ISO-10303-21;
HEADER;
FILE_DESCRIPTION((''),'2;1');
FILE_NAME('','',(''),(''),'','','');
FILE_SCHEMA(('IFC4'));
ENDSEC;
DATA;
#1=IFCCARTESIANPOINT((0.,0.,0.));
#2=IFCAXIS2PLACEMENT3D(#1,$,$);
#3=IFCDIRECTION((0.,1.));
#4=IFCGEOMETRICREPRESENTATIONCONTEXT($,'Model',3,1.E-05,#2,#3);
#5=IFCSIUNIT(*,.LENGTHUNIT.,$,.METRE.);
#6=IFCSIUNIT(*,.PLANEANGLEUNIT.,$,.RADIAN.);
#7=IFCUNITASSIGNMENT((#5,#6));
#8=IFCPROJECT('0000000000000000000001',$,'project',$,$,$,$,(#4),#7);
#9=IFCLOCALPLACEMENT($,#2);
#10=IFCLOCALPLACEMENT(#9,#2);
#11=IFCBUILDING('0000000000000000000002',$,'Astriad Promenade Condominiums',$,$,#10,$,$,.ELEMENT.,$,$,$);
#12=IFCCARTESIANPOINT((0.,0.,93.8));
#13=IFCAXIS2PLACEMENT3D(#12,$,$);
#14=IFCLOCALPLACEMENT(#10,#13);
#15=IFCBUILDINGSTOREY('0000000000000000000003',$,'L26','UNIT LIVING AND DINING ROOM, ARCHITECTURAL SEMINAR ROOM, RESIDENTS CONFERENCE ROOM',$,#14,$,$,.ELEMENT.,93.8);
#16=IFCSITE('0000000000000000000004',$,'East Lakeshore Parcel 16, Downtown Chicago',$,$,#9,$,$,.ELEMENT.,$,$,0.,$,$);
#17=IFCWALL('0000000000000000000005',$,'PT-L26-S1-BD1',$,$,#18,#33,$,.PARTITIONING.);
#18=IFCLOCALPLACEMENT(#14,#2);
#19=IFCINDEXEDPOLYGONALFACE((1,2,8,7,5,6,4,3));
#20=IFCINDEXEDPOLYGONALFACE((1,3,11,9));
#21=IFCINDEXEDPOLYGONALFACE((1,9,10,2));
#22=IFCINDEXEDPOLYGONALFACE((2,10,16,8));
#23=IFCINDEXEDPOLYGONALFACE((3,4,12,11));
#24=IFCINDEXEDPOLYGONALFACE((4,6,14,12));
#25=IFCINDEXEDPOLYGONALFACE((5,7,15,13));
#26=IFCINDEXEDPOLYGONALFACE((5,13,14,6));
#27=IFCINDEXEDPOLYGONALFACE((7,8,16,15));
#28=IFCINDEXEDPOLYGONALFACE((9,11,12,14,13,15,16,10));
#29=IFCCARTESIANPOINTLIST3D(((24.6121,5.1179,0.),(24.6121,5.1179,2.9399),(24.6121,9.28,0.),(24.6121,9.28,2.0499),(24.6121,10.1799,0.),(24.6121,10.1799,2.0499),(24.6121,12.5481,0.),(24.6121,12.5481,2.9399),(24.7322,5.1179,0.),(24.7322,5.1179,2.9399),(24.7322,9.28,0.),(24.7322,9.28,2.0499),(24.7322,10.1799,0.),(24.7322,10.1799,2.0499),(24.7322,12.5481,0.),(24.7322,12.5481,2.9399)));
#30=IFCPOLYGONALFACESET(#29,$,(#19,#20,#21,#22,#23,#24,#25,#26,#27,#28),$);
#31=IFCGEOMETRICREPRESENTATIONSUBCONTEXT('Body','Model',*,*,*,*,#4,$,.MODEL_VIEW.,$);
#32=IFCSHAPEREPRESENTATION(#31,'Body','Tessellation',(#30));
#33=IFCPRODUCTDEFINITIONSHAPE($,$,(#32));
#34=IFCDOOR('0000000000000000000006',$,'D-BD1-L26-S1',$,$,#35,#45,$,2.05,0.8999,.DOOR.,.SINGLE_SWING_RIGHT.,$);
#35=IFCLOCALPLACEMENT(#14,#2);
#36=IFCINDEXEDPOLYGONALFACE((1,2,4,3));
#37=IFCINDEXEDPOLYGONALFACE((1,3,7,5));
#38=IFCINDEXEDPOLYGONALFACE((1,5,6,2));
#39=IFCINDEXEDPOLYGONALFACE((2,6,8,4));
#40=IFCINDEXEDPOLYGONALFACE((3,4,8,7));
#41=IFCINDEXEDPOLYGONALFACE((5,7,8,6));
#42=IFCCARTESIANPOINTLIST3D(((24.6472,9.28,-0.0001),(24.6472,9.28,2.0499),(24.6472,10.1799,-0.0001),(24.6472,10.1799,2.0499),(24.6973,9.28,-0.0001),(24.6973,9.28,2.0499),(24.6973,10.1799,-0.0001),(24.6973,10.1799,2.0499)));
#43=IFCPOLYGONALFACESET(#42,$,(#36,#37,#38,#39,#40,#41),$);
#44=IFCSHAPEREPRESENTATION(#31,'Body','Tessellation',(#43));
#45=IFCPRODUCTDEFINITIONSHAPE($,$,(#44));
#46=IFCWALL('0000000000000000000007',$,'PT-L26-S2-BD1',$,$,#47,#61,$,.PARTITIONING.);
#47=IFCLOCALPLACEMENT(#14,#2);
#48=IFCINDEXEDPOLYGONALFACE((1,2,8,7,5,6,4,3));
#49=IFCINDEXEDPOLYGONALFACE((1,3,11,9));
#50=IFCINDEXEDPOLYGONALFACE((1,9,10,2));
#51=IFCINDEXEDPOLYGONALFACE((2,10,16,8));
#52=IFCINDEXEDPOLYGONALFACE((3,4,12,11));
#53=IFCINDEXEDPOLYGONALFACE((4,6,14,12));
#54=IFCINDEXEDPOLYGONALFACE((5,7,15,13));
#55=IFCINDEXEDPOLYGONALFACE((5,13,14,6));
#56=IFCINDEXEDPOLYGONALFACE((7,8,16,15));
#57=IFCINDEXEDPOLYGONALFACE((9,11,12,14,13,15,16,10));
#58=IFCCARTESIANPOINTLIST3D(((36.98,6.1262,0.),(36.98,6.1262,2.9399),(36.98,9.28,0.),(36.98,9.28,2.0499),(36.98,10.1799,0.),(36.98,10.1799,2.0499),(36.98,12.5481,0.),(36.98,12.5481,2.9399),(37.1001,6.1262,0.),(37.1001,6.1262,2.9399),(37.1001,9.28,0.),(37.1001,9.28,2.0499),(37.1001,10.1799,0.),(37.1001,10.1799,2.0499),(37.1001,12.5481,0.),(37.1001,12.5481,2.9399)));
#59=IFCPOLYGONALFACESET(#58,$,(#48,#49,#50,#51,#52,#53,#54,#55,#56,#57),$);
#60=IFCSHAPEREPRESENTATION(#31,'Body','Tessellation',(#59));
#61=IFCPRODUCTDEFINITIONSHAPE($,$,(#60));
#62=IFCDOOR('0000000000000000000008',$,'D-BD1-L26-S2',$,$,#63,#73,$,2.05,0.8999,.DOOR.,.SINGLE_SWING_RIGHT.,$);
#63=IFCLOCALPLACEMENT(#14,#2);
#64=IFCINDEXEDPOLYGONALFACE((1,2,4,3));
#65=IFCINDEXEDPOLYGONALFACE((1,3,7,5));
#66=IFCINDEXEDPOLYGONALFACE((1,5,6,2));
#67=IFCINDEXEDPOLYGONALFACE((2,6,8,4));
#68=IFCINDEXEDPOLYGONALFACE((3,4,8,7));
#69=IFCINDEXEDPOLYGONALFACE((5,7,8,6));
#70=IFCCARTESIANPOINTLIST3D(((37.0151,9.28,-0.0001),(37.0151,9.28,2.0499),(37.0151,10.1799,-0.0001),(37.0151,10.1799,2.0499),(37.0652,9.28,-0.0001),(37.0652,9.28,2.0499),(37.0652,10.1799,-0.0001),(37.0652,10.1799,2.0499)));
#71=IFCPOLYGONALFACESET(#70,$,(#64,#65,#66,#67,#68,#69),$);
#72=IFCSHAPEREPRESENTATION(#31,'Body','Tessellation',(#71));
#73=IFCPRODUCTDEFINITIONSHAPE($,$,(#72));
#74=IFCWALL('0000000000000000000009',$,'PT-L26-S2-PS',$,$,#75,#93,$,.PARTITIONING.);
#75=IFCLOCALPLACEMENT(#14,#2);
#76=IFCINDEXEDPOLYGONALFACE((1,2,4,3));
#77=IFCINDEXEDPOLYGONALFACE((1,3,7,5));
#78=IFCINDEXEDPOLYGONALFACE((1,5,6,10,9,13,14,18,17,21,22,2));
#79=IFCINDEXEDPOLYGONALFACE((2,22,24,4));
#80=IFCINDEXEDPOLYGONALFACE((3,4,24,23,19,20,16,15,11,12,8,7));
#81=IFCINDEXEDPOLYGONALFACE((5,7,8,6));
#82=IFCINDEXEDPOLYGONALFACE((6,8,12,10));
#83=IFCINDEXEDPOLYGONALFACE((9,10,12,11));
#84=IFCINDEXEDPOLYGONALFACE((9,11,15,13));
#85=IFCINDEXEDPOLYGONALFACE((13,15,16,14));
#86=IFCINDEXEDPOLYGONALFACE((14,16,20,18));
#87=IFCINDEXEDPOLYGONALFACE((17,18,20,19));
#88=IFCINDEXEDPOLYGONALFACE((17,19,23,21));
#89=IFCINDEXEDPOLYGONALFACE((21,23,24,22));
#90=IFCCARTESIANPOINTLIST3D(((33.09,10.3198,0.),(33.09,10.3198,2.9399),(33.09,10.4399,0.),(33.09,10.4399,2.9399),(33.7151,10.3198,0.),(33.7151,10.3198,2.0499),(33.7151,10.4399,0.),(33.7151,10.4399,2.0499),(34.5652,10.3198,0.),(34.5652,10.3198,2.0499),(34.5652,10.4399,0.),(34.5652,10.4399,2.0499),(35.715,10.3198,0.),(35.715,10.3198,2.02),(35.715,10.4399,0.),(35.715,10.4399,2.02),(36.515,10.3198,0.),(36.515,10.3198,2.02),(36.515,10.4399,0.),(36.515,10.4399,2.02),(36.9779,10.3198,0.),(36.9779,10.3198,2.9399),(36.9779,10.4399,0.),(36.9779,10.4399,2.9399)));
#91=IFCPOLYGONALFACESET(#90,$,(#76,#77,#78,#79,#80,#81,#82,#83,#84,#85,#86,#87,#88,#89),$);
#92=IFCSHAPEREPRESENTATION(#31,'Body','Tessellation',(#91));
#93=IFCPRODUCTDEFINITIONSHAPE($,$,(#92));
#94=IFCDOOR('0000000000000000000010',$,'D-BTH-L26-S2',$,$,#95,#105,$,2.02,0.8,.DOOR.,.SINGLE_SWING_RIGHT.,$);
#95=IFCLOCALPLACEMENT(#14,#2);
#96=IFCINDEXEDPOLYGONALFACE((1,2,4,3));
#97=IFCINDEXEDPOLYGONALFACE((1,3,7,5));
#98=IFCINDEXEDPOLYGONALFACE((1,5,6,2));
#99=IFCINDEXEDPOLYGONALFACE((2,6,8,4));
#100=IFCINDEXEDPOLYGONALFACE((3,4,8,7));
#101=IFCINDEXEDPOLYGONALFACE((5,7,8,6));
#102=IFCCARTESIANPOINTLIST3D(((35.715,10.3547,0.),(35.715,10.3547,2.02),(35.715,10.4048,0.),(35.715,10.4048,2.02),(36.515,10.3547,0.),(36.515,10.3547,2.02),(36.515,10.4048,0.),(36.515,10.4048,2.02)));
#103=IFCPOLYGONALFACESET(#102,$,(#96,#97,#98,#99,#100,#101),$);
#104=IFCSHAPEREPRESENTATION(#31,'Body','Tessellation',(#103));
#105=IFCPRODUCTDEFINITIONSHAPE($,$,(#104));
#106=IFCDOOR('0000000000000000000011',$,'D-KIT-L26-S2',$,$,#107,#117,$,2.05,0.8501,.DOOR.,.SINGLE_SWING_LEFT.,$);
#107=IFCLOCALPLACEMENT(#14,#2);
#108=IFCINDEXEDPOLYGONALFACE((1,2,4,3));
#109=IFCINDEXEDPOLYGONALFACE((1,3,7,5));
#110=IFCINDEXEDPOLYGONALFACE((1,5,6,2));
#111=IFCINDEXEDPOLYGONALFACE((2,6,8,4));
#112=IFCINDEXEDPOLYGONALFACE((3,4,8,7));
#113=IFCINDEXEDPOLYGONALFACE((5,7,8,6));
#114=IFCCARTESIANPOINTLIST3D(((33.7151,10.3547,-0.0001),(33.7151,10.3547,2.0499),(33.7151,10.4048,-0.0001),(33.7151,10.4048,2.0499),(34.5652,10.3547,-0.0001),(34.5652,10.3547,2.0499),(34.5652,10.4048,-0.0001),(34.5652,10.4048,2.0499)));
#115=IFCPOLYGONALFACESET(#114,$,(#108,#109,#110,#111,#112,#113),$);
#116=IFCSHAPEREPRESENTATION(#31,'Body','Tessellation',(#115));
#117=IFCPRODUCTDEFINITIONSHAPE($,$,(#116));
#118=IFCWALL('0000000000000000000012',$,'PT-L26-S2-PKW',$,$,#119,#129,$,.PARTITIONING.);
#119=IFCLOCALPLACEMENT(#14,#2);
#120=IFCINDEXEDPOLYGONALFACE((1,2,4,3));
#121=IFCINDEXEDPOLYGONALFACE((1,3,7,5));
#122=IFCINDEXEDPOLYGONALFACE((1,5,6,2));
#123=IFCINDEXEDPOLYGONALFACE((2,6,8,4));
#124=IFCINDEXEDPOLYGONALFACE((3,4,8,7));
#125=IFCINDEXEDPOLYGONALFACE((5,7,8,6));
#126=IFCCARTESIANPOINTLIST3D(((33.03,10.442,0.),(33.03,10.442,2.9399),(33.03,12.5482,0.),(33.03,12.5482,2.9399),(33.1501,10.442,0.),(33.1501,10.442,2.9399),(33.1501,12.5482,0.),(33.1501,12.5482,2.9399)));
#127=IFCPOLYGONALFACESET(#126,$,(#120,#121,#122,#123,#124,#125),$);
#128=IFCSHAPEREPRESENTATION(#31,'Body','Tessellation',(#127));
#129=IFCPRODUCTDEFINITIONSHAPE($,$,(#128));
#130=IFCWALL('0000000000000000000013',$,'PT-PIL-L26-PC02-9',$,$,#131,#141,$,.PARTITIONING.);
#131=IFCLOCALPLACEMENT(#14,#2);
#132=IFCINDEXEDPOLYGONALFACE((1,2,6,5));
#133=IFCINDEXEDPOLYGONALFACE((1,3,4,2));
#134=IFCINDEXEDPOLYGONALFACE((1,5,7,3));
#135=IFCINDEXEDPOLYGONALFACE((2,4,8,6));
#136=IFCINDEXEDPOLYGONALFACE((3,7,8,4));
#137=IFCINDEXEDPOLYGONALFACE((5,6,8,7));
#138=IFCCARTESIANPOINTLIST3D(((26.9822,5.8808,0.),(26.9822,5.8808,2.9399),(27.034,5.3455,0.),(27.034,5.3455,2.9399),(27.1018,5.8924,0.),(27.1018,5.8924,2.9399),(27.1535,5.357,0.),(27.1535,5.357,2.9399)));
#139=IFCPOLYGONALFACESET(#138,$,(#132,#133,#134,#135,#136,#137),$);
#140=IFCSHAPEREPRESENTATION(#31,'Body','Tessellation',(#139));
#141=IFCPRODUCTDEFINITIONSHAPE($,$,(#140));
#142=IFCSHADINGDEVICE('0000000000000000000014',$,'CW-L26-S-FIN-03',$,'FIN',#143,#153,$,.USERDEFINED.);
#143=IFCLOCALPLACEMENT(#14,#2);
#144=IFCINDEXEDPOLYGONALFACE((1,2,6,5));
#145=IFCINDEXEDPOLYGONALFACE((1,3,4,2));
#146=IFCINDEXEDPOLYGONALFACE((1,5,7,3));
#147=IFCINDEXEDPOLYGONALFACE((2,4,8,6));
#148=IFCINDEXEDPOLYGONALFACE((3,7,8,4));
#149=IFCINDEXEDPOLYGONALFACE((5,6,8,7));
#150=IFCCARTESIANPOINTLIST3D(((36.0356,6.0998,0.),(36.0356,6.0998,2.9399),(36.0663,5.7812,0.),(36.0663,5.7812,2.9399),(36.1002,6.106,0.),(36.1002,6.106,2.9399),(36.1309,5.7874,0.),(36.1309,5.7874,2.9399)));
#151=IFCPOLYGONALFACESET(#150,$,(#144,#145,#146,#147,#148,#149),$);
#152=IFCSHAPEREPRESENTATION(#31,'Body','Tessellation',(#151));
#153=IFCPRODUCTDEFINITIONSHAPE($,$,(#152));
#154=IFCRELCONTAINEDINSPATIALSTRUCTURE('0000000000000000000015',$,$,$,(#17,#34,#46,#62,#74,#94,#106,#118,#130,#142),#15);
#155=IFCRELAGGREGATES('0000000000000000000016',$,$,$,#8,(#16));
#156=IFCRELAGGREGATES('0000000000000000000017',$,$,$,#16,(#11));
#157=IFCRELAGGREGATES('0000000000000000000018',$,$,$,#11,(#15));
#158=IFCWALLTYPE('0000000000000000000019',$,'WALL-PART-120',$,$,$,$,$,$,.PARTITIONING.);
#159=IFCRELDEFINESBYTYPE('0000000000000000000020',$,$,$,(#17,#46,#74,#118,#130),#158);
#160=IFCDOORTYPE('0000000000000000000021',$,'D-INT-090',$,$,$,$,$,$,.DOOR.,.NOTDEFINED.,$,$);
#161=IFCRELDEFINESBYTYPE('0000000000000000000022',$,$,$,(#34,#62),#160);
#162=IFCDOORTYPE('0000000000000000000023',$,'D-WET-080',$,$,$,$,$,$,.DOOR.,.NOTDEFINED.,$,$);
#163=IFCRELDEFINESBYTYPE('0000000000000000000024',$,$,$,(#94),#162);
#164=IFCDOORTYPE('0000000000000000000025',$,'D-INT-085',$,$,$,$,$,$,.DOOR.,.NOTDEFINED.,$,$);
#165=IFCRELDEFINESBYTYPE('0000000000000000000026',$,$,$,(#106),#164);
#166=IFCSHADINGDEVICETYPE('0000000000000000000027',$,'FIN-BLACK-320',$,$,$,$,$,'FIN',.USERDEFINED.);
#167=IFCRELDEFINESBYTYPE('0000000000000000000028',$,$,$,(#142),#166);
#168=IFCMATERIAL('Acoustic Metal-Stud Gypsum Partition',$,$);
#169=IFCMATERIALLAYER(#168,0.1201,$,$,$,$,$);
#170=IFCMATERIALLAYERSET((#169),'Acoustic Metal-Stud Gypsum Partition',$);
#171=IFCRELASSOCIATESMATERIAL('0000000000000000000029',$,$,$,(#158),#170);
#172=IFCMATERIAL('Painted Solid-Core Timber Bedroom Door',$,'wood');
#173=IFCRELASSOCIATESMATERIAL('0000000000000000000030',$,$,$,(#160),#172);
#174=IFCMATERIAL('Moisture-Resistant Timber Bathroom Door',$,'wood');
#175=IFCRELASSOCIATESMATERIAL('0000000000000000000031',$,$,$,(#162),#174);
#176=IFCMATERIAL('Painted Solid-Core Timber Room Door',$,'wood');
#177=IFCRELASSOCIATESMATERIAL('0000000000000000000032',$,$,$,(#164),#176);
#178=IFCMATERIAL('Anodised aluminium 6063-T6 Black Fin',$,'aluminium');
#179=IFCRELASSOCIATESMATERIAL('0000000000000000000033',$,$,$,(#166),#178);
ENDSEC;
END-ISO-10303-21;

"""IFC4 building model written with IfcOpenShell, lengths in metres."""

from ifc_helpers import new_model, si_unit, direction, frame, frame_2d, origin, origin_2d, place, context, subcontext, project, spatial, rectangle, extrude, source, transform, mapped, material, layer, layer_set, type_object, type_shapes, element, fill, save


model = new_model("IFC4")

# Units and contexts
model_context = context("Model", 3, precision=1e-05, world=origin(), true_north=direction((0.0, 1.0)))
body_context = subcontext(model_context, "Body", "Model", "MODEL_VIEW")
ifc_project = project(units=[si_unit("LENGTHUNIT", "METRE"), si_unit("PLANEANGLEUNIT", "RADIAN")], contexts=[model_context])

# Site, building, storey
site_placement = place(None, origin())
site = spatial("IfcSite", under=ifc_project, at=site_placement, Name="East Lakeshore Parcel 16, Downtown Chicago", CompositionType="ELEMENT", RefElevation=0.0)
building_placement = place(site_placement, origin())
building = spatial("IfcBuilding", under=site, at=building_placement, Name="Astriad Promenade Condominiums", CompositionType="ELEMENT")
storey_placement = place(building_placement, frame((0.0, 0.0, 93.8)))
storey = spatial("IfcBuildingStorey", under=building, at=storey_placement, Name="L26", Description="UNIT LIVING AND DINING ROOM, ARCHITECTURAL SEMINAR ROOM, RESIDENTS CONFERENCE ROOM", CompositionType="ELEMENT", Elevation=93.8)

# Walls, openings, doors
ifc_material_1 = material(Name="Acoustic Metal-Stud Gypsum Partition")
ifc_layer_1 = layer(ifc_material_1, 0.1201)
ifc_layer_set_1 = layer_set([ifc_layer_1], Name="Acoustic Metal-Stud Gypsum Partition")
wall_type_1 = type_object("IfcWallType", Name="WALL-PART-120", PredefinedType="PARTITIONING", material=ifc_layer_set_1)
wall_1_placement = place(storey_placement, frame((24.6721, 5.1179, 0.0), z_axis=(0.0, 0.0, 1.0), x_axis=(0.0, 1.0, 0.0)))
wall_1 = element("IfcWall", 1, at=wall_1_placement, inside=storey, type_object=wall_type_1, Name="PT-L26-S1-BD1", PredefinedType="PARTITIONING", context=body_context, shape_type="SweptSolid", body=[
    extrude(rectangle(XDim=7.4302, YDim=0.1201, at=frame_2d((3.7151, 0.0))), origin(), (0.0, 0.0, 1.0), 2.9399),
])
opening_1_placement = place(wall_1_placement, frame((4.1621, 0.0, 0.0)))
opening_1 = element("IfcOpeningElement", 2, at=opening_1_placement, cuts=wall_1, PredefinedType="OPENING", context=body_context, shape_type="SweptSolid", body=[
    extrude(rectangle(XDim=0.8999, YDim=2.05, at=frame_2d((0.45, 1.0249))), frame((0.0, 0.0701, 0.0), z_axis=(0.0, -1.0, 0.0), x_axis=(1.0, 0.0, 0.0)), (0.0, 0.0, 1.0), 0.1401),
])
ifc_material_2 = material(Name="Painted Solid-Core Timber Bedroom Door", Category="wood")
door_type_1 = type_object("IfcDoorType", Name="D-INT-090", OperationType="NOTDEFINED", PredefinedType="DOOR", material=ifc_material_2)
shared_shape_1 = source(origin(), body_context, "Body", "SweptSolid", [
    extrude(rectangle(XDim=0.8999, YDim=2.05, at=frame_2d((0.45, 1.0249))), frame((0.0, 0.0249, 0.0), z_axis=(0.0, -1.0, 0.0), x_axis=(1.0, 0.0, 0.0)), (0.0, 0.0, 1.0), 0.05),
])
type_shapes(door_type_1, [shared_shape_1])
door_1_placement = place(opening_1_placement, origin())
door_1 = element("IfcDoor", 3, at=door_1_placement, inside=storey, type_object=door_type_1, Name="D-BD1-L26-S1", OperationType="SINGLE_SWING_RIGHT", OverallHeight=2.05, OverallWidth=0.8999, PredefinedType="DOOR", context=body_context, shape_type="MappedRepresentation", body=[
    mapped(shared_shape_1, transform((0.0, 0.0, 0.0), scale=1.0)),
])
fill(opening_1, door_1)
wall_2_placement = place(storey_placement, frame((37.04, 6.1262, 0.0), z_axis=(0.0, 0.0, 1.0), x_axis=(0.0, 1.0, 0.0)))
wall_2 = element("IfcWall", 4, at=wall_2_placement, inside=storey, type_object=wall_type_1, Name="PT-L26-S2-BD1", PredefinedType="PARTITIONING", context=body_context, shape_type="SweptSolid", body=[
    extrude(rectangle(XDim=6.4219, YDim=0.1201, at=frame_2d((3.2109, 0.0))), origin(), (0.0, 0.0, 1.0), 2.9399),
])
opening_2_placement = place(wall_2_placement, frame((3.1538, 0.0, 0.0)))
opening_2 = element("IfcOpeningElement", 5, at=opening_2_placement, cuts=wall_2, PredefinedType="OPENING", context=body_context, shape_type="SweptSolid", body=[
    extrude(rectangle(XDim=0.8999, YDim=2.05, at=frame_2d((0.45, 1.0249))), frame((0.0, 0.0701, 0.0), z_axis=(0.0, -1.0, 0.0), x_axis=(1.0, 0.0, 0.0)), (0.0, 0.0, 1.0), 0.1401),
])
door_2_placement = place(opening_2_placement, origin())
door_2 = element("IfcDoor", 6, at=door_2_placement, inside=storey, type_object=door_type_1, Name="D-BD1-L26-S2", OperationType="SINGLE_SWING_RIGHT", OverallHeight=2.05, OverallWidth=0.8999, PredefinedType="DOOR", context=body_context, shape_type="MappedRepresentation", body=[
    mapped(shared_shape_1, transform((0.0, 0.0, 0.0), scale=1.0)),
])
fill(opening_2, door_2)

# Wall, openings, doors
wall_3_placement = place(storey_placement, frame((33.0901, 10.3799, 0.0), z_axis=(0.0, 0.0, 1.0), x_axis=(1.0, 0.0, 0.0)))
wall_3 = element("IfcWall", 7, at=wall_3_placement, inside=storey, type_object=wall_type_1, Name="PT-L26-S2-PS", PredefinedType="PARTITIONING", context=body_context, shape_type="SweptSolid", body=[
    extrude(rectangle(XDim=3.8879, YDim=0.1201, at=frame_2d((1.9438, 0.0))), origin(), (0.0, 0.0, 1.0), 2.9399),
])
opening_3_placement = place(wall_3_placement, frame((0.625, 0.0, 0.0)))
opening_3 = element("IfcOpeningElement", 8, at=opening_3_placement, cuts=wall_3, PredefinedType="OPENING", context=body_context, shape_type="SweptSolid", body=[
    extrude(rectangle(XDim=0.8501, YDim=2.05, at=frame_2d((0.425, 1.0249))), frame((0.0, 0.0701, 0.0), z_axis=(0.0, -1.0, 0.0), x_axis=(1.0, 0.0, 0.0)), (0.0, 0.0, 1.0), 0.1401),
])
opening_4_placement = place(wall_3_placement, frame((2.625, 0.0, 0.0)))
opening_4 = element("IfcOpeningElement", 9, at=opening_4_placement, cuts=wall_3, PredefinedType="OPENING", context=body_context, shape_type="SweptSolid", body=[
    extrude(rectangle(XDim=0.8, YDim=2.02, at=frame_2d((0.3999, 1.01))), frame((0.0, 0.0701, 0.0), z_axis=(0.0, -1.0, 0.0), x_axis=(1.0, 0.0, 0.0)), (0.0, 0.0, 1.0), 0.1401),
])
ifc_material_3 = material(Name="Moisture-Resistant Timber Bathroom Door", Category="wood")
door_type_2 = type_object("IfcDoorType", Name="D-WET-080", OperationType="NOTDEFINED", PredefinedType="DOOR", material=ifc_material_3)
shared_shape_2 = source(origin(), body_context, "Body", "SweptSolid", [
    extrude(rectangle(XDim=0.8, YDim=2.02, at=frame_2d((0.3999, 1.01))), frame((0.0, 0.0249, 0.0), z_axis=(0.0, -1.0, 0.0), x_axis=(1.0, 0.0, 0.0)), (0.0, 0.0, 1.0), 0.05),
])
type_shapes(door_type_2, [shared_shape_2])
door_3_placement = place(opening_4_placement, origin())
door_3 = element("IfcDoor", 10, at=door_3_placement, inside=storey, type_object=door_type_2, Name="D-BTH-L26-S2", OperationType="SINGLE_SWING_RIGHT", OverallHeight=2.02, OverallWidth=0.8, PredefinedType="DOOR", context=body_context, shape_type="MappedRepresentation", body=[
    mapped(shared_shape_2, transform((0.0, 0.0, 0.0), scale=1.0)),
])
fill(opening_4, door_3)
ifc_material_4 = material(Name="Painted Solid-Core Timber Room Door", Category="wood")
door_type_3 = type_object("IfcDoorType", Name="D-INT-085", OperationType="NOTDEFINED", PredefinedType="DOOR", material=ifc_material_4)
shared_shape_3 = source(origin(), body_context, "Body", "SweptSolid", [
    extrude(rectangle(XDim=0.8501, YDim=2.05, at=frame_2d((0.425, 1.0249))), frame((0.0, 0.0249, 0.0), z_axis=(0.0, -1.0, 0.0), x_axis=(1.0, 0.0, 0.0)), (0.0, 0.0, 1.0), 0.05),
])
type_shapes(door_type_3, [shared_shape_3])
door_4_placement = place(opening_3_placement, origin())
door_4 = element("IfcDoor", 11, at=door_4_placement, inside=storey, type_object=door_type_3, Name="D-KIT-L26-S2", OperationType="SINGLE_SWING_LEFT", OverallHeight=2.05, OverallWidth=0.8501, PredefinedType="DOOR", context=body_context, shape_type="MappedRepresentation", body=[
    mapped(shared_shape_3, transform((0.0, 0.0, 0.0), scale=1.0)),
])
fill(opening_3, door_4)

# Walls
wall_4_placement = place(storey_placement, frame((33.0901, 10.4419, 0.0), z_axis=(0.0, 0.0, 1.0), x_axis=(0.0, 1.0, 0.0)))
element("IfcWall", 12, at=wall_4_placement, inside=storey, type_object=wall_type_1, Name="PT-L26-S2-PKW", PredefinedType="PARTITIONING", context=body_context, shape_type="SweptSolid", body=[
    extrude(rectangle(XDim=2.1062, YDim=0.1201, at=frame_2d((1.0532, 0.0))), origin(), (0.0, 0.0, 1.0), 2.9399),
])
wall_5_placement = place(storey_placement, frame((27.042, 5.8867, 0.0), z_axis=(0.0, 0.0, 1.0), x_axis=(0.096223, -0.99536, 0.0)))
element("IfcWall", 13, at=wall_5_placement, inside=storey, type_object=wall_type_1, Name="PT-PIL-L26-PC02-9", PredefinedType="PARTITIONING", context=body_context, shape_type="SweptSolid", body=[
    extrude(rectangle(XDim=0.5378, YDim=0.1201, at=frame_2d((0.269, 0.0))), origin(), (0.0, 0.0, 1.0), 2.9399),
])

# Shading device
ifc_material_5 = material(Name="Anodised aluminium 6063-T6 Black Fin", Category="aluminium")
shading_device_type = type_object("IfcShadingDeviceType", Name="FIN-BLACK-320", ElementType="FIN", PredefinedType="USERDEFINED", material=ifc_material_5)
shared_shape_4 = source(origin(), body_context, "Body", "SweptSolid", [
    extrude(rectangle(XDim=0.0649, YDim=0.3201, at=origin_2d()), origin(), (0.0, 0.0, 1.0), 2.9399),
])
type_shapes(shading_device_type, [shared_shape_4])
shading_device_placement = place(storey_placement, frame((36.0833, 5.9436, 0.0), z_axis=(0.0, 0.0, 1.0), x_axis=(-0.995396, -0.095846, 0.0)))
element("IfcShadingDevice", 14, at=shading_device_placement, inside=storey, type_object=shading_device_type, Name="CW-L26-S-FIN-03", ObjectType="FIN", PredefinedType="USERDEFINED", context=body_context, shape_type="MappedRepresentation", body=[
    mapped(shared_shape_4, transform((0.0, 0.0, 0.0), scale=1.0)),
])

save(model, "model.ifc")
